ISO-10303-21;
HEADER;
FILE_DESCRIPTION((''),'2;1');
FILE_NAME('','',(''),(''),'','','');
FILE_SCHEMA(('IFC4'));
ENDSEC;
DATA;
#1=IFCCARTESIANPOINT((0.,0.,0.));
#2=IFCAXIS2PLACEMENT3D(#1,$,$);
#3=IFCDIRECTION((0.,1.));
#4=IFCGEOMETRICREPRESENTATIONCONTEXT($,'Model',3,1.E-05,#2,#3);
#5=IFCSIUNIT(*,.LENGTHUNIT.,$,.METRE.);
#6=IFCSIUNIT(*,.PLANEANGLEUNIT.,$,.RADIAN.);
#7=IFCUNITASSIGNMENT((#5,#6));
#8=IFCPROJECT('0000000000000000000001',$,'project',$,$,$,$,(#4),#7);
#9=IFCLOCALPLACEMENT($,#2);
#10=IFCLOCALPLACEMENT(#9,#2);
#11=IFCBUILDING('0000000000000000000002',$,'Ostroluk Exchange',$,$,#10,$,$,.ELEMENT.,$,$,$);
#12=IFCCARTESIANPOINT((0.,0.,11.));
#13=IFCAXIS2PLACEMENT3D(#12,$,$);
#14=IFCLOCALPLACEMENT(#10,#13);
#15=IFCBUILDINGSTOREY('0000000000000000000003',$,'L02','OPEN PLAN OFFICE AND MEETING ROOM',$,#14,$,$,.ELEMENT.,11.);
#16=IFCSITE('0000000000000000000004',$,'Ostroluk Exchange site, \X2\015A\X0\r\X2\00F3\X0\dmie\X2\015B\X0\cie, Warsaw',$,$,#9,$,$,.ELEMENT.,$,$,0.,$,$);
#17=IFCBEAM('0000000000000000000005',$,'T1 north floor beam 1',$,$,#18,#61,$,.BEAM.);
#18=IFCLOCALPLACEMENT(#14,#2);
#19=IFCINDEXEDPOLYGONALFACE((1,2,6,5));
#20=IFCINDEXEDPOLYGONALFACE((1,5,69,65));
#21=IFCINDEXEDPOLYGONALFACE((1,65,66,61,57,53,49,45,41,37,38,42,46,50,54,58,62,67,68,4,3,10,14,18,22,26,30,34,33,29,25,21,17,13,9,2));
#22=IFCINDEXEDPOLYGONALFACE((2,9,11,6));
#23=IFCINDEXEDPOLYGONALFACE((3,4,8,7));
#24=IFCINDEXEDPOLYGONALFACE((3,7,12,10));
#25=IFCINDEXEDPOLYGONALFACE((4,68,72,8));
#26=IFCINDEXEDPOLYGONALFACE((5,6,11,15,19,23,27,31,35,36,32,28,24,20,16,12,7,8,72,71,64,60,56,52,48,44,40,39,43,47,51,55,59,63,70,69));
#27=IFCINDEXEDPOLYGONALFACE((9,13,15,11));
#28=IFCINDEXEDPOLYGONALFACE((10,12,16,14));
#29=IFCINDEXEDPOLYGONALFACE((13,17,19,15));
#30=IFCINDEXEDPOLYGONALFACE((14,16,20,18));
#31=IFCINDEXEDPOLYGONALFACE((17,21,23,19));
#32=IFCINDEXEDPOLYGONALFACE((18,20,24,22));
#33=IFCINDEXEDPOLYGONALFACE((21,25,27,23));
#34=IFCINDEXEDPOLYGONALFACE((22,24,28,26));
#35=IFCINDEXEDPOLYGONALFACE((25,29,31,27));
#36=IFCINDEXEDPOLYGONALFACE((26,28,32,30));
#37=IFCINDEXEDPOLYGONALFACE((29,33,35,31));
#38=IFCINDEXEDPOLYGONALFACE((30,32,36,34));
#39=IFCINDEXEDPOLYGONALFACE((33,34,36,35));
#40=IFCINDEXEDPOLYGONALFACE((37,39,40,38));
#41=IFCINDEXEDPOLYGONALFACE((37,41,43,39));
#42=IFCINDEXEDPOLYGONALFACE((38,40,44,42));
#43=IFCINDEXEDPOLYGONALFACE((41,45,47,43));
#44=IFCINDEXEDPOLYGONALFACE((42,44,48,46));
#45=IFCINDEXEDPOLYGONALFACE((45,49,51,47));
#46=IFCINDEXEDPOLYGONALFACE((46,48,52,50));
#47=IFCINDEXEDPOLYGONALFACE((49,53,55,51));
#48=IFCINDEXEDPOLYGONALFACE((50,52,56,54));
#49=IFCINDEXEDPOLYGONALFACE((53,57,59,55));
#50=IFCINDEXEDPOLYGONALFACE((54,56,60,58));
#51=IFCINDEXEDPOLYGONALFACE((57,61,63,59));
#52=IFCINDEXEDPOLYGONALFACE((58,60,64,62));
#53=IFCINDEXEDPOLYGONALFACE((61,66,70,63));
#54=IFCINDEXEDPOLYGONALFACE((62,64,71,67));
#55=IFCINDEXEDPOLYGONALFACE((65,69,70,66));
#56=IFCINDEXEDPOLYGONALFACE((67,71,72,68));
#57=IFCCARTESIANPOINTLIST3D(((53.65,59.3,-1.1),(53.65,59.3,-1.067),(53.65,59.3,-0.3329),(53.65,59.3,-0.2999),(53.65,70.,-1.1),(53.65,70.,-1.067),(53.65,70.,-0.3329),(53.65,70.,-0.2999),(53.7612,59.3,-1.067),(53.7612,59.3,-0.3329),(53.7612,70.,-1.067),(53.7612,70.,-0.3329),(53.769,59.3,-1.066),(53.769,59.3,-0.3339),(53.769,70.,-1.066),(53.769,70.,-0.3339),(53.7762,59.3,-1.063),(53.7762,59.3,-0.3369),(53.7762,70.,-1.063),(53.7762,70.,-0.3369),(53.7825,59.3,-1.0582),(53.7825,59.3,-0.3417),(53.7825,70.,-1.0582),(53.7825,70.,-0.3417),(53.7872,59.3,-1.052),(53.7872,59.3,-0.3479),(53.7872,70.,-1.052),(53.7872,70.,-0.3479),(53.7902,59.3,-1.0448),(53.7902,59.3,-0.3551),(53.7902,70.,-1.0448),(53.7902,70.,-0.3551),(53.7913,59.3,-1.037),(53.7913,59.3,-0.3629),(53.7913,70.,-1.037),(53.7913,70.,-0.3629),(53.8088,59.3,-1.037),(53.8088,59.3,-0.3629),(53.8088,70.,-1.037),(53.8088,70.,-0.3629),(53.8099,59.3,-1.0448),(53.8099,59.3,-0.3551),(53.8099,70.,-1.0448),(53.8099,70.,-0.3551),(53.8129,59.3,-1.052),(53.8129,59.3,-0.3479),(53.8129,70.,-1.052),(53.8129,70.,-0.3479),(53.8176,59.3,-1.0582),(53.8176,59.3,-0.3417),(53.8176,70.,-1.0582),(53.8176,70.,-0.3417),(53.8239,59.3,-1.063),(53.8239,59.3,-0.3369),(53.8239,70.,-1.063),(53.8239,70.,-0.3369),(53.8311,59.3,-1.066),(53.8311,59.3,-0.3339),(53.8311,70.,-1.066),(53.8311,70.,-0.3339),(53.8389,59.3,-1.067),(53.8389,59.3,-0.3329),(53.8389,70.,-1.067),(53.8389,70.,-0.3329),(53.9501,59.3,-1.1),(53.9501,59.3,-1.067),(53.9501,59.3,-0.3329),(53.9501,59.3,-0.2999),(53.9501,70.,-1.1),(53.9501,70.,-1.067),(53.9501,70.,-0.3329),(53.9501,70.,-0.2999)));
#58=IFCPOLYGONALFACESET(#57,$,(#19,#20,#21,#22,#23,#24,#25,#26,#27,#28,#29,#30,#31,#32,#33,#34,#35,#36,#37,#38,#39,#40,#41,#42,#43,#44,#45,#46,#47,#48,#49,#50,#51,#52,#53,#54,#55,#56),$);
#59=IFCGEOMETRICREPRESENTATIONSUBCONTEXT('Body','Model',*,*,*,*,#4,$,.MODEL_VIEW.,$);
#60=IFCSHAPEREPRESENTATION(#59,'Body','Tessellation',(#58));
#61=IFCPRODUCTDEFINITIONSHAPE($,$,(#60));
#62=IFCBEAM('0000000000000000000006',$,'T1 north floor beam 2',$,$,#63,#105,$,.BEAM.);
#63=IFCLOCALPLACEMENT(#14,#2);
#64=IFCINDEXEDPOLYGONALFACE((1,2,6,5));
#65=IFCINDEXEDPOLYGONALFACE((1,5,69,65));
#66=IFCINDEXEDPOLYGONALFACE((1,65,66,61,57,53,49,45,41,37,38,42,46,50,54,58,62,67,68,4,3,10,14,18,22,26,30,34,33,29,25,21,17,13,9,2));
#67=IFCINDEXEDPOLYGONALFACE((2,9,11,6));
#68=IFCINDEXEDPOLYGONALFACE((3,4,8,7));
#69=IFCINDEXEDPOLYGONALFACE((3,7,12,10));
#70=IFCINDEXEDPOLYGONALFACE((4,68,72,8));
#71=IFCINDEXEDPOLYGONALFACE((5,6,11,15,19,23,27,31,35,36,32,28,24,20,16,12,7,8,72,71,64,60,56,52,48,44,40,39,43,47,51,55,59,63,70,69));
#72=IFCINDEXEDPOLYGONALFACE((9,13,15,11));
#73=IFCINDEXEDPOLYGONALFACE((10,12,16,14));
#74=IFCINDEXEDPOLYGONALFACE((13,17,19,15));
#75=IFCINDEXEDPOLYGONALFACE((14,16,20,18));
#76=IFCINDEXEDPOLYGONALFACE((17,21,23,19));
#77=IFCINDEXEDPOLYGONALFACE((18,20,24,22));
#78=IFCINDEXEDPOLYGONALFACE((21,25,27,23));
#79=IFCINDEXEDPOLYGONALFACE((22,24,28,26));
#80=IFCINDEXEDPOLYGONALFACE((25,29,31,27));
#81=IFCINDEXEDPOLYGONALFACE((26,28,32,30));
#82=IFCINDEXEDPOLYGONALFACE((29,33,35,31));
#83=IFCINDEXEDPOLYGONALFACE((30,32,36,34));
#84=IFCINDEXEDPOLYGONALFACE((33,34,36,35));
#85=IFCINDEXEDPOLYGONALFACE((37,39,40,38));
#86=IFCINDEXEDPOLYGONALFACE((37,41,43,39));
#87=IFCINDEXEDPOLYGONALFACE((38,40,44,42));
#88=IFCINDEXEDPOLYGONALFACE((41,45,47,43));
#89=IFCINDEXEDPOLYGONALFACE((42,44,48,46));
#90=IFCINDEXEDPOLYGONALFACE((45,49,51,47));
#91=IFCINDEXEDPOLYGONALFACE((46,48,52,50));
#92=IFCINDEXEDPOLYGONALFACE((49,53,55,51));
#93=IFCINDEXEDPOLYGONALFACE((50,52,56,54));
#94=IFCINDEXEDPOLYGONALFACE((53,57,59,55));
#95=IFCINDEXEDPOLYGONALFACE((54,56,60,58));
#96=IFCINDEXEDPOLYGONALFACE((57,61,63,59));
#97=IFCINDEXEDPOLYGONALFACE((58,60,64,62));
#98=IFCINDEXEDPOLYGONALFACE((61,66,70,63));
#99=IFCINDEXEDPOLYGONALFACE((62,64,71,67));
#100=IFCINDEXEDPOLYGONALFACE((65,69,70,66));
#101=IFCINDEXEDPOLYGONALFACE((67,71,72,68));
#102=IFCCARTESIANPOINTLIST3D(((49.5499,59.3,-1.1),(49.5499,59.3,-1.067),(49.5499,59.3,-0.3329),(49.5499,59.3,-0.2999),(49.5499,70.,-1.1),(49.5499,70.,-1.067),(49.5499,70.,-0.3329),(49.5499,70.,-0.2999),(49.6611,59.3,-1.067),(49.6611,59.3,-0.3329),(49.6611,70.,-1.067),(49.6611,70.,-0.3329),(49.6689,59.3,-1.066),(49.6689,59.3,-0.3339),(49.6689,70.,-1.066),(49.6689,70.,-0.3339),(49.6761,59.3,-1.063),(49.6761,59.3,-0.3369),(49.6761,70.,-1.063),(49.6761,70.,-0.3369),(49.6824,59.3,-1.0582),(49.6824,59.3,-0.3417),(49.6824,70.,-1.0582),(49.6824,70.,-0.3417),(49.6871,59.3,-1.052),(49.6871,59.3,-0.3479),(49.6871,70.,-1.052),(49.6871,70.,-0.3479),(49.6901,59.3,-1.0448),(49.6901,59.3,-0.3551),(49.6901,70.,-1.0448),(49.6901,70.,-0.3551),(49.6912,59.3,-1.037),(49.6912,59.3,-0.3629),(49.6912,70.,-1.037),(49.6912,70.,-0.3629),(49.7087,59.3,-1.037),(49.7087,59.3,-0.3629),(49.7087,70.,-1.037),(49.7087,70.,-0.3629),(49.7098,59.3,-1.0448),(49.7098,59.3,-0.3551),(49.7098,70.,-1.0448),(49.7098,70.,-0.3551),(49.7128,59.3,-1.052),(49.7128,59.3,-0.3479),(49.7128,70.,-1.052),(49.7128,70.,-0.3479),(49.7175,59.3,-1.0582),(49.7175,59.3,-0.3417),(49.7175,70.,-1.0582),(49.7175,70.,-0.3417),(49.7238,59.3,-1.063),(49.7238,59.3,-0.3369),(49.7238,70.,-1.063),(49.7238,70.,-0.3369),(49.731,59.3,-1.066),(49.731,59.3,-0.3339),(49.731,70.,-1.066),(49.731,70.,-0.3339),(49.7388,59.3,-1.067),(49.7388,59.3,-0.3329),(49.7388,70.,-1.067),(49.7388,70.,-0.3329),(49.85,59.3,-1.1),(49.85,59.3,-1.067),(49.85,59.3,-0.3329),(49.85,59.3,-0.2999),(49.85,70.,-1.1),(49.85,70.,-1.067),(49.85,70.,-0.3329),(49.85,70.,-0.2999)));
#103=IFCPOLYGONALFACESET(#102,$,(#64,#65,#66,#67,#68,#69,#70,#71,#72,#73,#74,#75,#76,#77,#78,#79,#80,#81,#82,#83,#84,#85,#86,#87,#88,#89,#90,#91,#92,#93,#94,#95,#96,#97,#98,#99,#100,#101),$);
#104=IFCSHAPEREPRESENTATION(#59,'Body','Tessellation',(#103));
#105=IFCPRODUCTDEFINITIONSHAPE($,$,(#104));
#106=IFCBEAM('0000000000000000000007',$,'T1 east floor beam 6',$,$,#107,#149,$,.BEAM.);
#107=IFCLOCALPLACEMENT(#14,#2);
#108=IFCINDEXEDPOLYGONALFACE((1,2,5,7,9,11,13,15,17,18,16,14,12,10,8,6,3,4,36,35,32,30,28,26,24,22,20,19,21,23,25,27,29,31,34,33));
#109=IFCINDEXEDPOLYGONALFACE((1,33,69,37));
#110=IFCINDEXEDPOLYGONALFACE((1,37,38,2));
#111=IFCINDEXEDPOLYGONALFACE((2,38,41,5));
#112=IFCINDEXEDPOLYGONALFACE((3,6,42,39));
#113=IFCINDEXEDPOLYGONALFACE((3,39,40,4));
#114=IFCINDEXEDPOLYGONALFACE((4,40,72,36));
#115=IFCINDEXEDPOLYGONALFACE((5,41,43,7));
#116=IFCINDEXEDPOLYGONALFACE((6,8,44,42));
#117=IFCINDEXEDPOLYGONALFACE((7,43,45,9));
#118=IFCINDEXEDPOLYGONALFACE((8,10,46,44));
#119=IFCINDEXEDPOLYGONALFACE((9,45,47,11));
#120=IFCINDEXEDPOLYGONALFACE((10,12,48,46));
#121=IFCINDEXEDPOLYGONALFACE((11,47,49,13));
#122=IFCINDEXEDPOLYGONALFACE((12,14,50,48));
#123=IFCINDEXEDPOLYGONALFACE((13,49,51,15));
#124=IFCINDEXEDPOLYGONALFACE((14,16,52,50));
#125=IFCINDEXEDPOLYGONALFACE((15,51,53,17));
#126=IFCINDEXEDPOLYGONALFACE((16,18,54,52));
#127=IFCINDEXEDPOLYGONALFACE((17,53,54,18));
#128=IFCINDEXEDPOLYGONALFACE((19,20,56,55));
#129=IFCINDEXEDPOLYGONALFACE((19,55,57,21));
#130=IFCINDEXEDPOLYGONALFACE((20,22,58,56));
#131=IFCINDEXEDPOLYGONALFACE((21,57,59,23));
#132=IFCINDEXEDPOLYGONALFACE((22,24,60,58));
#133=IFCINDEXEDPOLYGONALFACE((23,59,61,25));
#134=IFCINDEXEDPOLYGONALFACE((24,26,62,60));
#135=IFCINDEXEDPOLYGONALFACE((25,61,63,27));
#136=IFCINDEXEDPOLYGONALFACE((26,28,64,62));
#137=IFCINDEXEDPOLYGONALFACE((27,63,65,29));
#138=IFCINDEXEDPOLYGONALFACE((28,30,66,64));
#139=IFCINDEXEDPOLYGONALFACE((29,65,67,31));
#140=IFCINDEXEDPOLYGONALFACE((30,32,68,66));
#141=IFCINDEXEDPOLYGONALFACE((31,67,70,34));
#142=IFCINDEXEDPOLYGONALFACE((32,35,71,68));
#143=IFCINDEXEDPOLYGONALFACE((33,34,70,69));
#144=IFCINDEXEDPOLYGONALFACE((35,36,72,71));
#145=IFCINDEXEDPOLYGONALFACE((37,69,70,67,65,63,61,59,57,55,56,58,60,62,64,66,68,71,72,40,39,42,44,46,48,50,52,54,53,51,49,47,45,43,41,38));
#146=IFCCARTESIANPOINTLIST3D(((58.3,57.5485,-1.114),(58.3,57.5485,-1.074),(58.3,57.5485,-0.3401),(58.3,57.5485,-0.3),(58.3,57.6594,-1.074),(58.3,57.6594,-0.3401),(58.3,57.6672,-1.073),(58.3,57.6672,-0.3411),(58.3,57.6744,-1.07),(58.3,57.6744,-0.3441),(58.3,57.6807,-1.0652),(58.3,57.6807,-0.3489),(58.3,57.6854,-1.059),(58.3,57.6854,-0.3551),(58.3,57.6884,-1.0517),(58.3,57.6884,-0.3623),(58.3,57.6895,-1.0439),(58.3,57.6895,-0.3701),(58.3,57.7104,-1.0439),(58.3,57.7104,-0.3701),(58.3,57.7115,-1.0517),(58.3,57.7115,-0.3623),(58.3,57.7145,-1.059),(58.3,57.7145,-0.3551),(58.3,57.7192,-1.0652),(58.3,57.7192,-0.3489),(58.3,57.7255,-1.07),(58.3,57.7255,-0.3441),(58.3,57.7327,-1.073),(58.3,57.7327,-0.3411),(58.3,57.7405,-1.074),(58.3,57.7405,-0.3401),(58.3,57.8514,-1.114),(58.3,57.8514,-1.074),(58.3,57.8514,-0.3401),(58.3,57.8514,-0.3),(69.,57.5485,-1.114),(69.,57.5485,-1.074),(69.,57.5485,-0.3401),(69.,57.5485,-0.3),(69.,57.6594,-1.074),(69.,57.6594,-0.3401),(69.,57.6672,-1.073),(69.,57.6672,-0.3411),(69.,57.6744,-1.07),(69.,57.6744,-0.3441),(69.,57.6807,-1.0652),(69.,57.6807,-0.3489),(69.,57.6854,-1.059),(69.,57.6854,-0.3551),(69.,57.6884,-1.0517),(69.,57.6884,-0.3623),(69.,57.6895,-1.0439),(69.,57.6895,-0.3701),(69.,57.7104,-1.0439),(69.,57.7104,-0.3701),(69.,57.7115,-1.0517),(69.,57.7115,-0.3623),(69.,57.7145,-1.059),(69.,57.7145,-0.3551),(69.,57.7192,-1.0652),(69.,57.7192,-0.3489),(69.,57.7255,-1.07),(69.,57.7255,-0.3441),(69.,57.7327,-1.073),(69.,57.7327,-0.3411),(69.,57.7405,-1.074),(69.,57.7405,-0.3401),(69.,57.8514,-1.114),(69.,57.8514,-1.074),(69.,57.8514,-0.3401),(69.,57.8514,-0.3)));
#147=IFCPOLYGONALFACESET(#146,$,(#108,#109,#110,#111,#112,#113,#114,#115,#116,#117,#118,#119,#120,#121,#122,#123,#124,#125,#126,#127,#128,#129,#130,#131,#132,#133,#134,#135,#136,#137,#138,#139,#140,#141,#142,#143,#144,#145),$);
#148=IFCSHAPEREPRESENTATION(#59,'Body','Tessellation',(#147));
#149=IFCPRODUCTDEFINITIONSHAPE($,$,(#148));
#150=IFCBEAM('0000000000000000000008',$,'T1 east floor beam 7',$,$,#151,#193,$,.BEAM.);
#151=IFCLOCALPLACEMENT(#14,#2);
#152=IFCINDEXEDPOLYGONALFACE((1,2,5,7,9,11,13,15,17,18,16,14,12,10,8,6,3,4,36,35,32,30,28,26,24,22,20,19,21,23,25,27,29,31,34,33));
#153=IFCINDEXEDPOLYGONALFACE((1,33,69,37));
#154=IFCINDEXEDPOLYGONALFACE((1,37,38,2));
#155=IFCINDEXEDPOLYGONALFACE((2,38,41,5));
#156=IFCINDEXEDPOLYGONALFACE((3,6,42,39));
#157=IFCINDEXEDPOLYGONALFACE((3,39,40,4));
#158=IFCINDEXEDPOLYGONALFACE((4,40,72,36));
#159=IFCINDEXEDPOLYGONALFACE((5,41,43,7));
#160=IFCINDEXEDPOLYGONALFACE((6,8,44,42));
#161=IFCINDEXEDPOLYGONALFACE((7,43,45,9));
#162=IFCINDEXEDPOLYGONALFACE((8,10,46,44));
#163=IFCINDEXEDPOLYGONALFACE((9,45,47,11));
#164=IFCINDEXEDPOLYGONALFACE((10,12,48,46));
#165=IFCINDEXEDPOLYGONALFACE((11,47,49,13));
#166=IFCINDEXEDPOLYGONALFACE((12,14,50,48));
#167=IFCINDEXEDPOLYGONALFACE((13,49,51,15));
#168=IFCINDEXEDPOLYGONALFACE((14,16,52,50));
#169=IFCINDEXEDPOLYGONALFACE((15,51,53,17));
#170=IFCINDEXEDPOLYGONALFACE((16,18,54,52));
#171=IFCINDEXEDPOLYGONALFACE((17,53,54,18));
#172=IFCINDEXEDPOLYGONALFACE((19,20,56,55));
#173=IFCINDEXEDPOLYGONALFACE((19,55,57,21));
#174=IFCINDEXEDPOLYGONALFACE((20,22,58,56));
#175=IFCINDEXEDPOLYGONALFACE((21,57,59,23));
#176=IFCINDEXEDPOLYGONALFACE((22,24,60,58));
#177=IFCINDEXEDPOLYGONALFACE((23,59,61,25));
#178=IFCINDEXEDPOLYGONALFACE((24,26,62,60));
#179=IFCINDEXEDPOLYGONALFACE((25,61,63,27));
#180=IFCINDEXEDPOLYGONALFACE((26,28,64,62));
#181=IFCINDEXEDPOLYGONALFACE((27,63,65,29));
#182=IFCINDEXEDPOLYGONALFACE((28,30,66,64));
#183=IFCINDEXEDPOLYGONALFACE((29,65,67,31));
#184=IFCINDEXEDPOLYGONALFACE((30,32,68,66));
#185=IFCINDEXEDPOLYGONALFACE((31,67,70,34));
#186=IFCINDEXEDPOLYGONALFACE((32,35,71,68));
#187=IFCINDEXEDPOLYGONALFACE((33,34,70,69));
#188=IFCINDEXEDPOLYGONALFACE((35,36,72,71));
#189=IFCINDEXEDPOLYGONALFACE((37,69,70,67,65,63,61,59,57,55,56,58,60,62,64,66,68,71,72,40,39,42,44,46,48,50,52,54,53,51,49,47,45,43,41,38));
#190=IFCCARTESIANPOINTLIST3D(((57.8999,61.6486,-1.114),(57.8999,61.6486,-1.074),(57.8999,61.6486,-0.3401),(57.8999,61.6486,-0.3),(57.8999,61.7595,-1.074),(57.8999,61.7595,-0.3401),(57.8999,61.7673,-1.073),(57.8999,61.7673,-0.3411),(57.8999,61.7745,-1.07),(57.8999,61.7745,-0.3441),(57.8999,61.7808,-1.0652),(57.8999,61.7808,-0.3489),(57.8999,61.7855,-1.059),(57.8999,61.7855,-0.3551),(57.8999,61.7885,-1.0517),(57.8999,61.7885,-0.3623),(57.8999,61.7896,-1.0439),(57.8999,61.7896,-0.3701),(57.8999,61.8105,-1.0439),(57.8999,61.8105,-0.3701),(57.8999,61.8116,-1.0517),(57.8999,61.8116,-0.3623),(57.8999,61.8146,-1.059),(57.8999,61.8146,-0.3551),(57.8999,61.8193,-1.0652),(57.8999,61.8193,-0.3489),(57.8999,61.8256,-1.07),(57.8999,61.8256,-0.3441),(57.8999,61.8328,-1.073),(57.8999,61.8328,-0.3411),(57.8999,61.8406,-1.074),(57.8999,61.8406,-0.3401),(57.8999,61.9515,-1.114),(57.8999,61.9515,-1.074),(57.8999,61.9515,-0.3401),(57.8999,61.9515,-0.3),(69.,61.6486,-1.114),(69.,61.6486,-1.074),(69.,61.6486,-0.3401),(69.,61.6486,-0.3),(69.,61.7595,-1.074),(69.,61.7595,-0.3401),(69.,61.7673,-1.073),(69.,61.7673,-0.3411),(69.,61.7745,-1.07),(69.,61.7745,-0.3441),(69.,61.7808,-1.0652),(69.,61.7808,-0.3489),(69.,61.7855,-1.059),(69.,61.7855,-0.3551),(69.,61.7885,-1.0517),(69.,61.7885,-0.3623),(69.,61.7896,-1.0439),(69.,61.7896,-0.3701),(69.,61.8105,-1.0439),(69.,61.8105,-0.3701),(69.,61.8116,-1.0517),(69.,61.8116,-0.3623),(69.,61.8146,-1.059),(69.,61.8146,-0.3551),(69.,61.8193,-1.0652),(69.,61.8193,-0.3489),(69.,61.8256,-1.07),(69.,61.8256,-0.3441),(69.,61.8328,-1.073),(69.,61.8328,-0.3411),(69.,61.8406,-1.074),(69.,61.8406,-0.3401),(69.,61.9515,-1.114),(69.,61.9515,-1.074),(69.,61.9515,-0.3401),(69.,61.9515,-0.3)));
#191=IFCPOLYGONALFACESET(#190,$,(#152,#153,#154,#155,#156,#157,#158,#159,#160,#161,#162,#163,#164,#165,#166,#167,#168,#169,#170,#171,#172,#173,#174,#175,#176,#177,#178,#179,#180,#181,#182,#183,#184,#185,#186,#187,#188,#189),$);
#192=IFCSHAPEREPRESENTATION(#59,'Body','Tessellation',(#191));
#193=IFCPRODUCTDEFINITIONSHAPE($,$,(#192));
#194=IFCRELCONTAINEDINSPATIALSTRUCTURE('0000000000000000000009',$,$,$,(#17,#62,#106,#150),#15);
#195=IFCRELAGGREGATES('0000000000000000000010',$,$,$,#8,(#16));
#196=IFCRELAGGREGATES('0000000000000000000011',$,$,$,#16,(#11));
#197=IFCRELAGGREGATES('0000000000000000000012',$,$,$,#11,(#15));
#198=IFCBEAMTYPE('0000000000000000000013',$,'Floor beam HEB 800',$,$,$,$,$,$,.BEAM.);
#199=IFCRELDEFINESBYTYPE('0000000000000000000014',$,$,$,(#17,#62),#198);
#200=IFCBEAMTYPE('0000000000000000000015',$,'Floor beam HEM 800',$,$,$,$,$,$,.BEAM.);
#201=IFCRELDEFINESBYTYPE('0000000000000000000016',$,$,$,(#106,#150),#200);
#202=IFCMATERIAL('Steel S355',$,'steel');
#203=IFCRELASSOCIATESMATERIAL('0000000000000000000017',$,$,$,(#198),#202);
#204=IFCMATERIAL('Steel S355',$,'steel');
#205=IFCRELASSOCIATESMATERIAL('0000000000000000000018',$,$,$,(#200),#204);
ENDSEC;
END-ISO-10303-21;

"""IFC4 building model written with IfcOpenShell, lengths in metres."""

from ifc_helpers import new_model, si_unit, direction, frame, origin, origin_2d, place, context, subcontext, project, spatial, i_section, extrude, material, material_profile, profile_set, type_object, element, save


model = new_model("IFC4")

# Units and contexts
model_context = context("Model", 3, precision=1e-05, world=origin(), true_north=direction((0.0, 1.0)))
body_context = subcontext(model_context, "Body", "Model", "MODEL_VIEW")
ifc_project = project(units=[si_unit("LENGTHUNIT", "METRE"), si_unit("PLANEANGLEUNIT", "RADIAN")], contexts=[model_context])

# Site, building, storey
site_placement = place(None, origin())
site = spatial("IfcSite", under=ifc_project, at=site_placement, Name="Ostroluk Exchange site, Śródmieście, Warsaw", CompositionType="ELEMENT", RefElevation=0.0)
building_placement = place(site_placement, origin())
building = spatial("IfcBuilding", under=site, at=building_placement, Name="Ostroluk Exchange", CompositionType="ELEMENT")
storey_placement = place(building_placement, frame((0.0, 0.0, 11.0)))
storey = spatial("IfcBuildingStorey", under=building, at=storey_placement, Name="L02", Description="OPEN PLAN OFFICE AND MEETING ROOM", CompositionType="ELEMENT", Elevation=11.0)

# Beams
ifc_material_1 = material(Name="Steel S355", Category="steel")
ifc_material_profile_1 = material_profile(ifc_material_1, i_section(OverallWidth=0.3, OverallDepth=0.8, WebThickness=0.0176, FlangeThickness=0.033, FilletRadius=0.03, at=origin_2d()), Name="HEB 800")
ifc_profile_set_1 = profile_set([ifc_material_profile_1], Name="Steel S355")
beam_type_1 = type_object("IfcBeamType", Name="Floor beam HEB 800", PredefinedType="BEAM", material=ifc_profile_set_1)
for number, where, z_axis, x_axis, name in (
    (1, (53.8, 59.3, -0.7), (0.0, 1.0, 0.0), (-1.0, 0.0, 0.0), "T1 north floor beam 1"),
    (2, (49.7, 59.3, -0.7), (0.0, 1.0, 0.0), (-1.0, 0.0, 0.0), "T1 north floor beam 2"),
):
    element("IfcBeam", number, at=place(storey_placement, frame(where, z_axis=z_axis, x_axis=x_axis)), inside=storey, type_object=beam_type_1, Name=name, PredefinedType="BEAM", context=body_context, shape_type="SweptSolid", body=[
        extrude(i_section(OverallWidth=0.3, OverallDepth=0.8, WebThickness=0.0176, FlangeThickness=0.033, FilletRadius=0.03, at=origin_2d()), origin(), (0.0, 0.0, 1.0), 10.7),
    ])
ifc_material_2 = material(Name="Steel S355", Category="steel")
ifc_material_profile_2 = material_profile(ifc_material_2, i_section(OverallWidth=0.303, OverallDepth=0.814, WebThickness=0.021, FlangeThickness=0.04, FilletRadius=0.03, at=origin_2d()), Name="HEM 800")
ifc_profile_set_2 = profile_set([ifc_material_profile_2], Name="Steel S355")
beam_type_2 = type_object("IfcBeamType", Name="Floor beam HEM 800", PredefinedType="BEAM", material=ifc_profile_set_2)
beam_1_placement = place(storey_placement, frame((58.3, 57.7, -0.707), z_axis=(1.0, 0.0, 0.0), x_axis=(0.0, 1.0, 0.0)))
element("IfcBeam", 3, at=beam_1_placement, inside=storey, type_object=beam_type_2, Name="T1 east floor beam 6", PredefinedType="BEAM", context=body_context, shape_type="SweptSolid", body=[
    extrude(i_section(OverallWidth=0.303, OverallDepth=0.814, WebThickness=0.021, FlangeThickness=0.04, FilletRadius=0.03, at=origin_2d()), origin(), (0.0, 0.0, 1.0), 10.7),
])
beam_2_placement = place(storey_placement, frame((57.8999, 61.8, -0.707), z_axis=(1.0, 0.0, 0.0), x_axis=(0.0, 1.0, 0.0)))
element("IfcBeam", 4, at=beam_2_placement, inside=storey, type_object=beam_type_2, Name="T1 east floor beam 7", PredefinedType="BEAM", context=body_context, shape_type="SweptSolid", body=[
    extrude(i_section(OverallWidth=0.303, OverallDepth=0.814, WebThickness=0.021, FlangeThickness=0.04, FilletRadius=0.03, at=origin_2d()), origin(), (0.0, 0.0, 1.0), 11.1001),
])

save(model, "model.ifc")
